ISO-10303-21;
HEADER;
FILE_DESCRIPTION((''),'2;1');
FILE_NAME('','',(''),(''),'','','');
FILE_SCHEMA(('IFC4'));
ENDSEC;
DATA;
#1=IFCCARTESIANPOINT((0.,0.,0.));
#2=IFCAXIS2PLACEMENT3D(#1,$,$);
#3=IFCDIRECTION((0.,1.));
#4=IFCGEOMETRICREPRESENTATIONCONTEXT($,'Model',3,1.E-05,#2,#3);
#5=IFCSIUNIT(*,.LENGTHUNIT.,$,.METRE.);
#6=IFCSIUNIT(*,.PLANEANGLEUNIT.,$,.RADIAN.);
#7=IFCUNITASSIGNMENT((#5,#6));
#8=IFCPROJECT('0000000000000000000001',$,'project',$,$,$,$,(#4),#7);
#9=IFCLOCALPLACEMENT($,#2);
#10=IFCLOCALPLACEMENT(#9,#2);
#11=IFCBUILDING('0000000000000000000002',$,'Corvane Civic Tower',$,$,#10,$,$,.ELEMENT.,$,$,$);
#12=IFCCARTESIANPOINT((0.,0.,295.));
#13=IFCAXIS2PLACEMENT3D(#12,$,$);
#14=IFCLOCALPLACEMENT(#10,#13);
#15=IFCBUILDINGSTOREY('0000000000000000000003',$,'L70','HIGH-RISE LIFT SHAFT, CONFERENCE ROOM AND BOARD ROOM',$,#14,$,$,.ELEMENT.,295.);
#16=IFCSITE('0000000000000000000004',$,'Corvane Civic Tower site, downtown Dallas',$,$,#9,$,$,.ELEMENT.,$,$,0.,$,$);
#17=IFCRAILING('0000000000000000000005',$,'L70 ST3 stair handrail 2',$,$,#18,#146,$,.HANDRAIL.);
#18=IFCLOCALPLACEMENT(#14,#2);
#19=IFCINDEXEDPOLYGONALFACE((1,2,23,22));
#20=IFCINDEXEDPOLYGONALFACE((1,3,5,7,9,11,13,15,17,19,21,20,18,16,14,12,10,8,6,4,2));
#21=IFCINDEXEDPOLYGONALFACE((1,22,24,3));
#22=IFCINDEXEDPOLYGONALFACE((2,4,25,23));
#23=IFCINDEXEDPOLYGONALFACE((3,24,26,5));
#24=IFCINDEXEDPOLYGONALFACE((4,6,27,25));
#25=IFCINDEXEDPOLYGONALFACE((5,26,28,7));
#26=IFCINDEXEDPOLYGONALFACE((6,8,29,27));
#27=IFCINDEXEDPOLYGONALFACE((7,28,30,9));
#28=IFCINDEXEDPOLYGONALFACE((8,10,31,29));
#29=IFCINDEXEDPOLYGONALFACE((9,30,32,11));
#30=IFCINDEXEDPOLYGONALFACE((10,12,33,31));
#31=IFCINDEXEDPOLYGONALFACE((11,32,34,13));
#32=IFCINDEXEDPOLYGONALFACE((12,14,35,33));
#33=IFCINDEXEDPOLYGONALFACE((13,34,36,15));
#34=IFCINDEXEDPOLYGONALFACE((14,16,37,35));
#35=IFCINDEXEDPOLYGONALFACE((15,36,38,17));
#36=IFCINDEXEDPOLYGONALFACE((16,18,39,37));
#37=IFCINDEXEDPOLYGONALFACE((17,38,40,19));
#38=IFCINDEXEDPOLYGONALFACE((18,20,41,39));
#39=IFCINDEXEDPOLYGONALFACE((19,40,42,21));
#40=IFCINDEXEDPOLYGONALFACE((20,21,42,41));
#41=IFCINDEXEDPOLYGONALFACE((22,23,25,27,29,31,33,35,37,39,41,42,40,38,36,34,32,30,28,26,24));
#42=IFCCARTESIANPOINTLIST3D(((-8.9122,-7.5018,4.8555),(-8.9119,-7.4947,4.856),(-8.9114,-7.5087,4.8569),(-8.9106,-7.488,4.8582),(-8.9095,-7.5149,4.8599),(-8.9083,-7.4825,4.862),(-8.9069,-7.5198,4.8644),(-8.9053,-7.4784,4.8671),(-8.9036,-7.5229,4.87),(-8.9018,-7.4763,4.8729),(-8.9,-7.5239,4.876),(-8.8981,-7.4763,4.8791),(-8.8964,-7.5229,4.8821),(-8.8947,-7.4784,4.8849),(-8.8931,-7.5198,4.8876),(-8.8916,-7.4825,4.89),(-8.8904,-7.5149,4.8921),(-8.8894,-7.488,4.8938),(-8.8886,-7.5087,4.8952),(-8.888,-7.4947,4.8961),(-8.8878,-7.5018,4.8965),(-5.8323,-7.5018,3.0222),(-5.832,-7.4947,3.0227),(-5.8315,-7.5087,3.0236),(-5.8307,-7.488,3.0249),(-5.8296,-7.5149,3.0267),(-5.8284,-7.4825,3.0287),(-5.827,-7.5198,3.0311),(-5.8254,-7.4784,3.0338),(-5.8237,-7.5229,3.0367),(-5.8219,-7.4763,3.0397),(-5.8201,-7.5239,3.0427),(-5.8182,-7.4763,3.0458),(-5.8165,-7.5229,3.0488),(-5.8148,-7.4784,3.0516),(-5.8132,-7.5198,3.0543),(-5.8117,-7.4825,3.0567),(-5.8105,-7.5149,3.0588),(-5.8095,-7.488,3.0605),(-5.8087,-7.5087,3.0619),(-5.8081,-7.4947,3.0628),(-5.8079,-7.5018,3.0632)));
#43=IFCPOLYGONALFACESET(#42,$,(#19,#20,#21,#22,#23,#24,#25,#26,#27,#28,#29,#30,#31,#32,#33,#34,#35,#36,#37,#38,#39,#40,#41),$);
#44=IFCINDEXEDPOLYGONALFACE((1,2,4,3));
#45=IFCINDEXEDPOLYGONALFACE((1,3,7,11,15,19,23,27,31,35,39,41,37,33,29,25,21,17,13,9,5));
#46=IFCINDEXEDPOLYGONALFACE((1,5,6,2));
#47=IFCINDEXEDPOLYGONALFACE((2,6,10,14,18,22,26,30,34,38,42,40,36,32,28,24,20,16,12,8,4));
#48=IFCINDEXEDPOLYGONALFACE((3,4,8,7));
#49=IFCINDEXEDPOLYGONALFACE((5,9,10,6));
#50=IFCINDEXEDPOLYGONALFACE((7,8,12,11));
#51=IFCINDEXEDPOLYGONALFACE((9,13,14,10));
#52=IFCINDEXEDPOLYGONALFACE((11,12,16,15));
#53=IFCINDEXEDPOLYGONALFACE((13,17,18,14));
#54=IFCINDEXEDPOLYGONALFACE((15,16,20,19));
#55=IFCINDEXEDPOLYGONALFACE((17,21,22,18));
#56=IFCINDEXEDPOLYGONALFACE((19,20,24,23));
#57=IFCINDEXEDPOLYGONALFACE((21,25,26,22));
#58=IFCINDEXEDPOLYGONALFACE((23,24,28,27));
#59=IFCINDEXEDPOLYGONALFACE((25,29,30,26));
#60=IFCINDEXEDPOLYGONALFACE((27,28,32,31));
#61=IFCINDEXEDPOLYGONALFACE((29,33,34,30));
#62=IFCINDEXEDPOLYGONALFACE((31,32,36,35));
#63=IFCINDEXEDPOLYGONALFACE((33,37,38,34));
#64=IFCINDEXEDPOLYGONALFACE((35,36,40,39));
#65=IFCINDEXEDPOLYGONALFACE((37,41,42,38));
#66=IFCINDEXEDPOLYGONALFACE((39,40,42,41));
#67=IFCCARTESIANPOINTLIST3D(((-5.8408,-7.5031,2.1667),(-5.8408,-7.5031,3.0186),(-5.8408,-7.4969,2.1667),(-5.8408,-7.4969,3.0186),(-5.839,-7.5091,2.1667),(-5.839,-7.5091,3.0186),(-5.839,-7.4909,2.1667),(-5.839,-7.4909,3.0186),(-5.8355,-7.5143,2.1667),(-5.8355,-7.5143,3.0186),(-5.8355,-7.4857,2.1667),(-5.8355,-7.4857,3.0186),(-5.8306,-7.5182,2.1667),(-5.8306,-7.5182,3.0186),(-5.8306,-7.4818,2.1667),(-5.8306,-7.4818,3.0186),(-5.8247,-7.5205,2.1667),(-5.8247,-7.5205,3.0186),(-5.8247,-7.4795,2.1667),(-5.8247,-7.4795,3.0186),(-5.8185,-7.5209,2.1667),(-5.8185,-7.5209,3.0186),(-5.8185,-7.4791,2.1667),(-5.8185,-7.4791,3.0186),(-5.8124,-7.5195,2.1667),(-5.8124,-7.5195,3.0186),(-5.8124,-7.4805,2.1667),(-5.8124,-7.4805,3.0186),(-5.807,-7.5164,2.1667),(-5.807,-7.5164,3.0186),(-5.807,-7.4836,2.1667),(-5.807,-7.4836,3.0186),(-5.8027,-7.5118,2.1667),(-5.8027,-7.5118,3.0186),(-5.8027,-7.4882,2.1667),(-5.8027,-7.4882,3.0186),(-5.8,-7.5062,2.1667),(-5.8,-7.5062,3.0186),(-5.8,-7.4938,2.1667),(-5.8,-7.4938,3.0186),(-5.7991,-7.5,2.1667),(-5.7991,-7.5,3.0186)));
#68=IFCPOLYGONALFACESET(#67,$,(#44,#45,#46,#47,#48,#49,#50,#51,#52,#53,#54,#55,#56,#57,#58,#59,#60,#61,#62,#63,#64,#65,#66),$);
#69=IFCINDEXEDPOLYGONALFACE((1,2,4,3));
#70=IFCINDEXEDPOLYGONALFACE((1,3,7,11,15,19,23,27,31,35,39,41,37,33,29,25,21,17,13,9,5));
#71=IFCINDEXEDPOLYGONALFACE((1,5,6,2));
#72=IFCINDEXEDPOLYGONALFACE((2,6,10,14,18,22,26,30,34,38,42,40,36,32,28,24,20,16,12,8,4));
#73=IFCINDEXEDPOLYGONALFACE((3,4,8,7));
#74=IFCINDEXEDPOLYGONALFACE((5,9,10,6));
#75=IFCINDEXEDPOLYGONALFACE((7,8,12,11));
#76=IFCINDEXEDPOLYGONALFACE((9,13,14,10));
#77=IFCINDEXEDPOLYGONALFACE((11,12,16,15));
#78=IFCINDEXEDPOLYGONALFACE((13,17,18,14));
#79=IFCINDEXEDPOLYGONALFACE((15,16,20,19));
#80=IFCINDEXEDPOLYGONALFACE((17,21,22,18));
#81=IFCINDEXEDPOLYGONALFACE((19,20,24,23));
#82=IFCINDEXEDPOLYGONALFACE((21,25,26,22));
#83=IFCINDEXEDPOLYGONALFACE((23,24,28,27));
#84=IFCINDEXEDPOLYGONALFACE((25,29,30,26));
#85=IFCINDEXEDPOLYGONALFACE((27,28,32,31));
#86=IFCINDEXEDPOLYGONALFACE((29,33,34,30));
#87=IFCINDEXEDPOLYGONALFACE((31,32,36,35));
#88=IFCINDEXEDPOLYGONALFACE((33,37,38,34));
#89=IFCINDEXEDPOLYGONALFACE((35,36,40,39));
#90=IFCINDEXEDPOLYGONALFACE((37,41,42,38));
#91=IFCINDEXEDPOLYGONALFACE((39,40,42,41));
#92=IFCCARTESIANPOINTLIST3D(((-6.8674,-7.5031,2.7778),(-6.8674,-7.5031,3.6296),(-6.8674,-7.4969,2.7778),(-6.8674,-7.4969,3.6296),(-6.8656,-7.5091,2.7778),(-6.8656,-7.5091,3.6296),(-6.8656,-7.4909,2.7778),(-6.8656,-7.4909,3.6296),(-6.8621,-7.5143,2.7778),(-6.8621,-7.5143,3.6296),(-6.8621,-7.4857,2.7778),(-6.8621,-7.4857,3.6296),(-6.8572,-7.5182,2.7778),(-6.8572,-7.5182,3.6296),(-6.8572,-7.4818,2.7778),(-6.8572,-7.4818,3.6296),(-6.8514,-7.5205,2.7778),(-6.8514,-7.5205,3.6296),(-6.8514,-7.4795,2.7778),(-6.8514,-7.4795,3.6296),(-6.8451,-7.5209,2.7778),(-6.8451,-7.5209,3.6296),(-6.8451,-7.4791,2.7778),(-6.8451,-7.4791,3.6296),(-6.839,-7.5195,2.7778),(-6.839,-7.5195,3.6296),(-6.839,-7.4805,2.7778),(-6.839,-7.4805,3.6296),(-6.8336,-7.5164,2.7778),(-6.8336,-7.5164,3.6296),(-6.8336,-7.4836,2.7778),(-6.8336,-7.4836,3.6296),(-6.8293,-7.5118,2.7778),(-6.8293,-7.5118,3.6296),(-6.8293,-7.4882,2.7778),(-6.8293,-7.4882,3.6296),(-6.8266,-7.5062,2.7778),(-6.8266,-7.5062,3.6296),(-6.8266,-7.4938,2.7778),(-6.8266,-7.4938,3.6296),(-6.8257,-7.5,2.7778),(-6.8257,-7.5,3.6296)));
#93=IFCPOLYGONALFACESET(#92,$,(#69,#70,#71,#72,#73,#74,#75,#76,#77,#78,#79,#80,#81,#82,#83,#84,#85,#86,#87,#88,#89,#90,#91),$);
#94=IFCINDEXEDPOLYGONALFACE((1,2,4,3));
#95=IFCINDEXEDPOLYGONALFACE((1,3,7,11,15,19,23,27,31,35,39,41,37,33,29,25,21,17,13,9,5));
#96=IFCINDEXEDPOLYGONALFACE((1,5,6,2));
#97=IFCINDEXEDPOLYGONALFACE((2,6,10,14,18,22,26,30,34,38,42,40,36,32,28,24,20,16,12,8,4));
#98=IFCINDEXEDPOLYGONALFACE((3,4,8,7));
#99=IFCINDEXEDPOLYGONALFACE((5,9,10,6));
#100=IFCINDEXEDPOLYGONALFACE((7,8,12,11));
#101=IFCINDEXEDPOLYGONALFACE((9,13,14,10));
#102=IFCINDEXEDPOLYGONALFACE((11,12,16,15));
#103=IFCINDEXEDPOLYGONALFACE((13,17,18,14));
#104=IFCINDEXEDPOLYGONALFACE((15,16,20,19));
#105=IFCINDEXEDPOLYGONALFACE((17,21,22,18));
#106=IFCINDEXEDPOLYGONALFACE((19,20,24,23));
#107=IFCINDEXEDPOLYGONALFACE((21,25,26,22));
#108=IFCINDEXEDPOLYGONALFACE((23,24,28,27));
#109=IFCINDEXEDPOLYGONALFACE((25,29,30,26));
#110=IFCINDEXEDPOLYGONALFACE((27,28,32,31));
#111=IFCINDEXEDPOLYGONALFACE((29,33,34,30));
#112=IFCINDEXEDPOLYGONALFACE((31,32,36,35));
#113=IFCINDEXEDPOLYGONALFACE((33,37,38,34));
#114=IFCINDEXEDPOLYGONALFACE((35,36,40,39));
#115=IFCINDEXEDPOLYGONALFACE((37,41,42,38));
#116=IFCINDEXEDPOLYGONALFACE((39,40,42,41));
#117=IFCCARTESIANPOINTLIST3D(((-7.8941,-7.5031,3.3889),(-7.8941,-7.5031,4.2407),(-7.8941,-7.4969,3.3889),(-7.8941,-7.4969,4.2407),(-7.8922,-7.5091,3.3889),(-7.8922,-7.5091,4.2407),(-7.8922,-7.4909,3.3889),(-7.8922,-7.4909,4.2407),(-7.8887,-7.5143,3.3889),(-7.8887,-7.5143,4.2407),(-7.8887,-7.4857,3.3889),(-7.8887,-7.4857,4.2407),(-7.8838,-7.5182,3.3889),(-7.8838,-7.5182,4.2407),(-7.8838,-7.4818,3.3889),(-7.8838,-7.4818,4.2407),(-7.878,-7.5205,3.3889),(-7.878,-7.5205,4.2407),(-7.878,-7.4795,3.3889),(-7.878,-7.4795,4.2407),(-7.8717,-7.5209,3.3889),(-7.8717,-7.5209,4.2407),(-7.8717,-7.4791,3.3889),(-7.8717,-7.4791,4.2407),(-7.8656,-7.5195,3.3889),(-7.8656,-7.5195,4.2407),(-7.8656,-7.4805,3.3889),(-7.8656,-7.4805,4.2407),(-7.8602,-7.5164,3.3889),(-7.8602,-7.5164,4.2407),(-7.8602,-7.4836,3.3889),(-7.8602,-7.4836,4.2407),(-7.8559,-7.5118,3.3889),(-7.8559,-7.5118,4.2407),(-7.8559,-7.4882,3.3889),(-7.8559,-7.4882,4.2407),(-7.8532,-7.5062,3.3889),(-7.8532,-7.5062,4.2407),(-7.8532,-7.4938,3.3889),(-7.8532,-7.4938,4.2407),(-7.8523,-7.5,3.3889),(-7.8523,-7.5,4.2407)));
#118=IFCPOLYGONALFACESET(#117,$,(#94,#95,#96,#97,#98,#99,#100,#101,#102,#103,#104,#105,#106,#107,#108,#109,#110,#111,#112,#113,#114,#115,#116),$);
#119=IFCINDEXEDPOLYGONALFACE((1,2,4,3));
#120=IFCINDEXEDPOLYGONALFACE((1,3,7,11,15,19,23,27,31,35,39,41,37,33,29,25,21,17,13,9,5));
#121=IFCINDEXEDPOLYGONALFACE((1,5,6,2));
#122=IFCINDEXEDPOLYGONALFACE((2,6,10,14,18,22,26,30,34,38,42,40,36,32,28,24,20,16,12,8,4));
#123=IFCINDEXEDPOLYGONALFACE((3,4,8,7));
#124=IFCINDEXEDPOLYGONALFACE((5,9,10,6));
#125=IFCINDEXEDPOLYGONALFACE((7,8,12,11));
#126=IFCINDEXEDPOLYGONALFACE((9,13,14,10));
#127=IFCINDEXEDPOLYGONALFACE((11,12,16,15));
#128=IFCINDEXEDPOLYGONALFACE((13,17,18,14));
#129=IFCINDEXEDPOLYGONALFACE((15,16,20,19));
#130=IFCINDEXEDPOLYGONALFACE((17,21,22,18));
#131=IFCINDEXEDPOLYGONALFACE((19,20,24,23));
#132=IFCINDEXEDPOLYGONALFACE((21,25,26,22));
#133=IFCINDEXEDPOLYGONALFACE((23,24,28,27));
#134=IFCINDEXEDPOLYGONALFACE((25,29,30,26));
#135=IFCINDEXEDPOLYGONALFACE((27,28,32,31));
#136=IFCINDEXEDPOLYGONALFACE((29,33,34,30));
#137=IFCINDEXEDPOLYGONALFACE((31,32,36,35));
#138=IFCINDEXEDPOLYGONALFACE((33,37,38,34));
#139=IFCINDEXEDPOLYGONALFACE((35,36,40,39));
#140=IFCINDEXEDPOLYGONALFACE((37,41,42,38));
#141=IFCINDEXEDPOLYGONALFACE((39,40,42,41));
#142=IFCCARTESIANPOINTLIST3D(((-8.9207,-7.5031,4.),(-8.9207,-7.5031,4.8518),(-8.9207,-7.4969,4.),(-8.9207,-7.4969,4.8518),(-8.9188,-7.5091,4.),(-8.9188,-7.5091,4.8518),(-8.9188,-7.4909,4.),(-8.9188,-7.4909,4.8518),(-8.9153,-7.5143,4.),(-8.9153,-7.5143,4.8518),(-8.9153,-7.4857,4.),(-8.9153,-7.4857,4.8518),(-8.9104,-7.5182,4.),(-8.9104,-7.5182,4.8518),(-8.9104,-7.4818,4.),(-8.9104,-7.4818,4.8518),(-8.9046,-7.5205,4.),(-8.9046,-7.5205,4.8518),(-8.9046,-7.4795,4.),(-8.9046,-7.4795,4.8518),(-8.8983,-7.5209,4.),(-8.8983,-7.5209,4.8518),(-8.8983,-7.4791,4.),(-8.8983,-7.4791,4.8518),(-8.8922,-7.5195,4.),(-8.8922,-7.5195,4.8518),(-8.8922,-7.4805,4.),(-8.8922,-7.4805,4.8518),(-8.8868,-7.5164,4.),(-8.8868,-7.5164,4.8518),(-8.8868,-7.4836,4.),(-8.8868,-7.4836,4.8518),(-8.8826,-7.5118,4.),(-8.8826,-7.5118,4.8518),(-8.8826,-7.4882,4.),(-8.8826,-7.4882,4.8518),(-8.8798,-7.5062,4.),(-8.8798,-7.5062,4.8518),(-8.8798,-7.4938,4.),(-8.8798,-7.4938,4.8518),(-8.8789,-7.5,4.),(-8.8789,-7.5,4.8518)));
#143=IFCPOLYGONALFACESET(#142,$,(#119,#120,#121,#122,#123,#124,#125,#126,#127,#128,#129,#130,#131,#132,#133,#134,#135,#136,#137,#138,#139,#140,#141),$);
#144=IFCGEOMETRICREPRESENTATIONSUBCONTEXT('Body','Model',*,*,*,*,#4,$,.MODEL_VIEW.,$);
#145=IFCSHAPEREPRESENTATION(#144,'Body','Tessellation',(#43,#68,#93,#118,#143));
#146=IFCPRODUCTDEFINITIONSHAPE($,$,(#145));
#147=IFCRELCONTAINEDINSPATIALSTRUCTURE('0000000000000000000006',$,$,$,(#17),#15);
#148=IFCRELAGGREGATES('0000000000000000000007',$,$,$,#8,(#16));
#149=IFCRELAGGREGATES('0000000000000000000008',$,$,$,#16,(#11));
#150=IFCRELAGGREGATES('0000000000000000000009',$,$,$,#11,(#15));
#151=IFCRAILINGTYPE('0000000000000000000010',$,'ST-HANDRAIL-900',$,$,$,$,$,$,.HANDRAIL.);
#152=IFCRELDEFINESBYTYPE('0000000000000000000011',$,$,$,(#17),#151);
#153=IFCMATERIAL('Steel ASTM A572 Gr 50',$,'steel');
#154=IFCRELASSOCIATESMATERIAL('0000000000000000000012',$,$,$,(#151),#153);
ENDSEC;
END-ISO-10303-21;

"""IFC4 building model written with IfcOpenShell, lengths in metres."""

from ifc_helpers import new_model, si_unit, direction, frame, origin, origin_2d, place, context, subcontext, project, spatial, circle, extrude, material, type_object, element, save


model = new_model("IFC4")

# Units and contexts
model_context = context("Model", 3, precision=1e-05, world=origin(), true_north=direction((0.0, 1.0)))
body_context = subcontext(model_context, "Body", "Model", "MODEL_VIEW")
ifc_project = project(units=[si_unit("LENGTHUNIT", "METRE"), si_unit("PLANEANGLEUNIT", "RADIAN")], contexts=[model_context])

# Site, building, storey
site_placement = place(None, origin())
site = spatial("IfcSite", under=ifc_project, at=site_placement, Name="Corvane Civic Tower site, downtown Dallas", CompositionType="ELEMENT", RefElevation=0.0)
building_placement = place(site_placement, origin())
building = spatial("IfcBuilding", under=site, at=building_placement, Name="Corvane Civic Tower", CompositionType="ELEMENT")
storey_placement = place(building_placement, frame((0.0, 0.0, 295.0)))
storey = spatial("IfcBuildingStorey", under=building, at=storey_placement, Name="L70", Description="HIGH-RISE LIFT SHAFT, CONFERENCE ROOM AND BOARD ROOM", CompositionType="ELEMENT", Elevation=295.0)

# Railing
ifc_material_1 = material(Name="Steel ASTM A572 Gr 50", Category="steel")
railing_type = type_object("IfcRailingType", Name="ST-HANDRAIL-900", PredefinedType="HANDRAIL", material=ifc_material_1)
railing_1_placement = place(storey_placement, frame((-5.8201, -7.5, 2.1667)))
element("IfcRailing", 1, at=railing_1_placement, inside=storey, type_object=railing_type, Name="L70 ST3 stair handrail 2", PredefinedType="HANDRAIL", context=body_context, shape_type="SweptSolid", body=[
    extrude(circle(Radius=0.0239, at=origin_2d()), frame((0.0, 0.0, 0.876), z_axis=(-0.859291, 0.0, 0.511487), x_axis=(0.0, -1.0, 0.0)), (0.0, 0.0, 1.0), 3.5842),
    extrude(circle(Radius=0.021, at=origin_2d()), origin(), (0.0, 0.0, 1.0), 0.8518),
    extrude(circle(Radius=0.021, at=origin_2d()), frame((-1.0266, 0.0, 0.6111)), (0.0, 0.0, 1.0), 0.8518),
    extrude(circle(Radius=0.021, at=origin_2d()), frame((-2.0532, 0.0, 1.2222)), (0.0, 0.0, 1.0), 0.8518),
    extrude(circle(Radius=0.021, at=origin_2d()), frame((-3.0798, 0.0, 1.8333)), (0.0, 0.0, 1.0), 0.8518),
])

save(model, "model.ifc")
